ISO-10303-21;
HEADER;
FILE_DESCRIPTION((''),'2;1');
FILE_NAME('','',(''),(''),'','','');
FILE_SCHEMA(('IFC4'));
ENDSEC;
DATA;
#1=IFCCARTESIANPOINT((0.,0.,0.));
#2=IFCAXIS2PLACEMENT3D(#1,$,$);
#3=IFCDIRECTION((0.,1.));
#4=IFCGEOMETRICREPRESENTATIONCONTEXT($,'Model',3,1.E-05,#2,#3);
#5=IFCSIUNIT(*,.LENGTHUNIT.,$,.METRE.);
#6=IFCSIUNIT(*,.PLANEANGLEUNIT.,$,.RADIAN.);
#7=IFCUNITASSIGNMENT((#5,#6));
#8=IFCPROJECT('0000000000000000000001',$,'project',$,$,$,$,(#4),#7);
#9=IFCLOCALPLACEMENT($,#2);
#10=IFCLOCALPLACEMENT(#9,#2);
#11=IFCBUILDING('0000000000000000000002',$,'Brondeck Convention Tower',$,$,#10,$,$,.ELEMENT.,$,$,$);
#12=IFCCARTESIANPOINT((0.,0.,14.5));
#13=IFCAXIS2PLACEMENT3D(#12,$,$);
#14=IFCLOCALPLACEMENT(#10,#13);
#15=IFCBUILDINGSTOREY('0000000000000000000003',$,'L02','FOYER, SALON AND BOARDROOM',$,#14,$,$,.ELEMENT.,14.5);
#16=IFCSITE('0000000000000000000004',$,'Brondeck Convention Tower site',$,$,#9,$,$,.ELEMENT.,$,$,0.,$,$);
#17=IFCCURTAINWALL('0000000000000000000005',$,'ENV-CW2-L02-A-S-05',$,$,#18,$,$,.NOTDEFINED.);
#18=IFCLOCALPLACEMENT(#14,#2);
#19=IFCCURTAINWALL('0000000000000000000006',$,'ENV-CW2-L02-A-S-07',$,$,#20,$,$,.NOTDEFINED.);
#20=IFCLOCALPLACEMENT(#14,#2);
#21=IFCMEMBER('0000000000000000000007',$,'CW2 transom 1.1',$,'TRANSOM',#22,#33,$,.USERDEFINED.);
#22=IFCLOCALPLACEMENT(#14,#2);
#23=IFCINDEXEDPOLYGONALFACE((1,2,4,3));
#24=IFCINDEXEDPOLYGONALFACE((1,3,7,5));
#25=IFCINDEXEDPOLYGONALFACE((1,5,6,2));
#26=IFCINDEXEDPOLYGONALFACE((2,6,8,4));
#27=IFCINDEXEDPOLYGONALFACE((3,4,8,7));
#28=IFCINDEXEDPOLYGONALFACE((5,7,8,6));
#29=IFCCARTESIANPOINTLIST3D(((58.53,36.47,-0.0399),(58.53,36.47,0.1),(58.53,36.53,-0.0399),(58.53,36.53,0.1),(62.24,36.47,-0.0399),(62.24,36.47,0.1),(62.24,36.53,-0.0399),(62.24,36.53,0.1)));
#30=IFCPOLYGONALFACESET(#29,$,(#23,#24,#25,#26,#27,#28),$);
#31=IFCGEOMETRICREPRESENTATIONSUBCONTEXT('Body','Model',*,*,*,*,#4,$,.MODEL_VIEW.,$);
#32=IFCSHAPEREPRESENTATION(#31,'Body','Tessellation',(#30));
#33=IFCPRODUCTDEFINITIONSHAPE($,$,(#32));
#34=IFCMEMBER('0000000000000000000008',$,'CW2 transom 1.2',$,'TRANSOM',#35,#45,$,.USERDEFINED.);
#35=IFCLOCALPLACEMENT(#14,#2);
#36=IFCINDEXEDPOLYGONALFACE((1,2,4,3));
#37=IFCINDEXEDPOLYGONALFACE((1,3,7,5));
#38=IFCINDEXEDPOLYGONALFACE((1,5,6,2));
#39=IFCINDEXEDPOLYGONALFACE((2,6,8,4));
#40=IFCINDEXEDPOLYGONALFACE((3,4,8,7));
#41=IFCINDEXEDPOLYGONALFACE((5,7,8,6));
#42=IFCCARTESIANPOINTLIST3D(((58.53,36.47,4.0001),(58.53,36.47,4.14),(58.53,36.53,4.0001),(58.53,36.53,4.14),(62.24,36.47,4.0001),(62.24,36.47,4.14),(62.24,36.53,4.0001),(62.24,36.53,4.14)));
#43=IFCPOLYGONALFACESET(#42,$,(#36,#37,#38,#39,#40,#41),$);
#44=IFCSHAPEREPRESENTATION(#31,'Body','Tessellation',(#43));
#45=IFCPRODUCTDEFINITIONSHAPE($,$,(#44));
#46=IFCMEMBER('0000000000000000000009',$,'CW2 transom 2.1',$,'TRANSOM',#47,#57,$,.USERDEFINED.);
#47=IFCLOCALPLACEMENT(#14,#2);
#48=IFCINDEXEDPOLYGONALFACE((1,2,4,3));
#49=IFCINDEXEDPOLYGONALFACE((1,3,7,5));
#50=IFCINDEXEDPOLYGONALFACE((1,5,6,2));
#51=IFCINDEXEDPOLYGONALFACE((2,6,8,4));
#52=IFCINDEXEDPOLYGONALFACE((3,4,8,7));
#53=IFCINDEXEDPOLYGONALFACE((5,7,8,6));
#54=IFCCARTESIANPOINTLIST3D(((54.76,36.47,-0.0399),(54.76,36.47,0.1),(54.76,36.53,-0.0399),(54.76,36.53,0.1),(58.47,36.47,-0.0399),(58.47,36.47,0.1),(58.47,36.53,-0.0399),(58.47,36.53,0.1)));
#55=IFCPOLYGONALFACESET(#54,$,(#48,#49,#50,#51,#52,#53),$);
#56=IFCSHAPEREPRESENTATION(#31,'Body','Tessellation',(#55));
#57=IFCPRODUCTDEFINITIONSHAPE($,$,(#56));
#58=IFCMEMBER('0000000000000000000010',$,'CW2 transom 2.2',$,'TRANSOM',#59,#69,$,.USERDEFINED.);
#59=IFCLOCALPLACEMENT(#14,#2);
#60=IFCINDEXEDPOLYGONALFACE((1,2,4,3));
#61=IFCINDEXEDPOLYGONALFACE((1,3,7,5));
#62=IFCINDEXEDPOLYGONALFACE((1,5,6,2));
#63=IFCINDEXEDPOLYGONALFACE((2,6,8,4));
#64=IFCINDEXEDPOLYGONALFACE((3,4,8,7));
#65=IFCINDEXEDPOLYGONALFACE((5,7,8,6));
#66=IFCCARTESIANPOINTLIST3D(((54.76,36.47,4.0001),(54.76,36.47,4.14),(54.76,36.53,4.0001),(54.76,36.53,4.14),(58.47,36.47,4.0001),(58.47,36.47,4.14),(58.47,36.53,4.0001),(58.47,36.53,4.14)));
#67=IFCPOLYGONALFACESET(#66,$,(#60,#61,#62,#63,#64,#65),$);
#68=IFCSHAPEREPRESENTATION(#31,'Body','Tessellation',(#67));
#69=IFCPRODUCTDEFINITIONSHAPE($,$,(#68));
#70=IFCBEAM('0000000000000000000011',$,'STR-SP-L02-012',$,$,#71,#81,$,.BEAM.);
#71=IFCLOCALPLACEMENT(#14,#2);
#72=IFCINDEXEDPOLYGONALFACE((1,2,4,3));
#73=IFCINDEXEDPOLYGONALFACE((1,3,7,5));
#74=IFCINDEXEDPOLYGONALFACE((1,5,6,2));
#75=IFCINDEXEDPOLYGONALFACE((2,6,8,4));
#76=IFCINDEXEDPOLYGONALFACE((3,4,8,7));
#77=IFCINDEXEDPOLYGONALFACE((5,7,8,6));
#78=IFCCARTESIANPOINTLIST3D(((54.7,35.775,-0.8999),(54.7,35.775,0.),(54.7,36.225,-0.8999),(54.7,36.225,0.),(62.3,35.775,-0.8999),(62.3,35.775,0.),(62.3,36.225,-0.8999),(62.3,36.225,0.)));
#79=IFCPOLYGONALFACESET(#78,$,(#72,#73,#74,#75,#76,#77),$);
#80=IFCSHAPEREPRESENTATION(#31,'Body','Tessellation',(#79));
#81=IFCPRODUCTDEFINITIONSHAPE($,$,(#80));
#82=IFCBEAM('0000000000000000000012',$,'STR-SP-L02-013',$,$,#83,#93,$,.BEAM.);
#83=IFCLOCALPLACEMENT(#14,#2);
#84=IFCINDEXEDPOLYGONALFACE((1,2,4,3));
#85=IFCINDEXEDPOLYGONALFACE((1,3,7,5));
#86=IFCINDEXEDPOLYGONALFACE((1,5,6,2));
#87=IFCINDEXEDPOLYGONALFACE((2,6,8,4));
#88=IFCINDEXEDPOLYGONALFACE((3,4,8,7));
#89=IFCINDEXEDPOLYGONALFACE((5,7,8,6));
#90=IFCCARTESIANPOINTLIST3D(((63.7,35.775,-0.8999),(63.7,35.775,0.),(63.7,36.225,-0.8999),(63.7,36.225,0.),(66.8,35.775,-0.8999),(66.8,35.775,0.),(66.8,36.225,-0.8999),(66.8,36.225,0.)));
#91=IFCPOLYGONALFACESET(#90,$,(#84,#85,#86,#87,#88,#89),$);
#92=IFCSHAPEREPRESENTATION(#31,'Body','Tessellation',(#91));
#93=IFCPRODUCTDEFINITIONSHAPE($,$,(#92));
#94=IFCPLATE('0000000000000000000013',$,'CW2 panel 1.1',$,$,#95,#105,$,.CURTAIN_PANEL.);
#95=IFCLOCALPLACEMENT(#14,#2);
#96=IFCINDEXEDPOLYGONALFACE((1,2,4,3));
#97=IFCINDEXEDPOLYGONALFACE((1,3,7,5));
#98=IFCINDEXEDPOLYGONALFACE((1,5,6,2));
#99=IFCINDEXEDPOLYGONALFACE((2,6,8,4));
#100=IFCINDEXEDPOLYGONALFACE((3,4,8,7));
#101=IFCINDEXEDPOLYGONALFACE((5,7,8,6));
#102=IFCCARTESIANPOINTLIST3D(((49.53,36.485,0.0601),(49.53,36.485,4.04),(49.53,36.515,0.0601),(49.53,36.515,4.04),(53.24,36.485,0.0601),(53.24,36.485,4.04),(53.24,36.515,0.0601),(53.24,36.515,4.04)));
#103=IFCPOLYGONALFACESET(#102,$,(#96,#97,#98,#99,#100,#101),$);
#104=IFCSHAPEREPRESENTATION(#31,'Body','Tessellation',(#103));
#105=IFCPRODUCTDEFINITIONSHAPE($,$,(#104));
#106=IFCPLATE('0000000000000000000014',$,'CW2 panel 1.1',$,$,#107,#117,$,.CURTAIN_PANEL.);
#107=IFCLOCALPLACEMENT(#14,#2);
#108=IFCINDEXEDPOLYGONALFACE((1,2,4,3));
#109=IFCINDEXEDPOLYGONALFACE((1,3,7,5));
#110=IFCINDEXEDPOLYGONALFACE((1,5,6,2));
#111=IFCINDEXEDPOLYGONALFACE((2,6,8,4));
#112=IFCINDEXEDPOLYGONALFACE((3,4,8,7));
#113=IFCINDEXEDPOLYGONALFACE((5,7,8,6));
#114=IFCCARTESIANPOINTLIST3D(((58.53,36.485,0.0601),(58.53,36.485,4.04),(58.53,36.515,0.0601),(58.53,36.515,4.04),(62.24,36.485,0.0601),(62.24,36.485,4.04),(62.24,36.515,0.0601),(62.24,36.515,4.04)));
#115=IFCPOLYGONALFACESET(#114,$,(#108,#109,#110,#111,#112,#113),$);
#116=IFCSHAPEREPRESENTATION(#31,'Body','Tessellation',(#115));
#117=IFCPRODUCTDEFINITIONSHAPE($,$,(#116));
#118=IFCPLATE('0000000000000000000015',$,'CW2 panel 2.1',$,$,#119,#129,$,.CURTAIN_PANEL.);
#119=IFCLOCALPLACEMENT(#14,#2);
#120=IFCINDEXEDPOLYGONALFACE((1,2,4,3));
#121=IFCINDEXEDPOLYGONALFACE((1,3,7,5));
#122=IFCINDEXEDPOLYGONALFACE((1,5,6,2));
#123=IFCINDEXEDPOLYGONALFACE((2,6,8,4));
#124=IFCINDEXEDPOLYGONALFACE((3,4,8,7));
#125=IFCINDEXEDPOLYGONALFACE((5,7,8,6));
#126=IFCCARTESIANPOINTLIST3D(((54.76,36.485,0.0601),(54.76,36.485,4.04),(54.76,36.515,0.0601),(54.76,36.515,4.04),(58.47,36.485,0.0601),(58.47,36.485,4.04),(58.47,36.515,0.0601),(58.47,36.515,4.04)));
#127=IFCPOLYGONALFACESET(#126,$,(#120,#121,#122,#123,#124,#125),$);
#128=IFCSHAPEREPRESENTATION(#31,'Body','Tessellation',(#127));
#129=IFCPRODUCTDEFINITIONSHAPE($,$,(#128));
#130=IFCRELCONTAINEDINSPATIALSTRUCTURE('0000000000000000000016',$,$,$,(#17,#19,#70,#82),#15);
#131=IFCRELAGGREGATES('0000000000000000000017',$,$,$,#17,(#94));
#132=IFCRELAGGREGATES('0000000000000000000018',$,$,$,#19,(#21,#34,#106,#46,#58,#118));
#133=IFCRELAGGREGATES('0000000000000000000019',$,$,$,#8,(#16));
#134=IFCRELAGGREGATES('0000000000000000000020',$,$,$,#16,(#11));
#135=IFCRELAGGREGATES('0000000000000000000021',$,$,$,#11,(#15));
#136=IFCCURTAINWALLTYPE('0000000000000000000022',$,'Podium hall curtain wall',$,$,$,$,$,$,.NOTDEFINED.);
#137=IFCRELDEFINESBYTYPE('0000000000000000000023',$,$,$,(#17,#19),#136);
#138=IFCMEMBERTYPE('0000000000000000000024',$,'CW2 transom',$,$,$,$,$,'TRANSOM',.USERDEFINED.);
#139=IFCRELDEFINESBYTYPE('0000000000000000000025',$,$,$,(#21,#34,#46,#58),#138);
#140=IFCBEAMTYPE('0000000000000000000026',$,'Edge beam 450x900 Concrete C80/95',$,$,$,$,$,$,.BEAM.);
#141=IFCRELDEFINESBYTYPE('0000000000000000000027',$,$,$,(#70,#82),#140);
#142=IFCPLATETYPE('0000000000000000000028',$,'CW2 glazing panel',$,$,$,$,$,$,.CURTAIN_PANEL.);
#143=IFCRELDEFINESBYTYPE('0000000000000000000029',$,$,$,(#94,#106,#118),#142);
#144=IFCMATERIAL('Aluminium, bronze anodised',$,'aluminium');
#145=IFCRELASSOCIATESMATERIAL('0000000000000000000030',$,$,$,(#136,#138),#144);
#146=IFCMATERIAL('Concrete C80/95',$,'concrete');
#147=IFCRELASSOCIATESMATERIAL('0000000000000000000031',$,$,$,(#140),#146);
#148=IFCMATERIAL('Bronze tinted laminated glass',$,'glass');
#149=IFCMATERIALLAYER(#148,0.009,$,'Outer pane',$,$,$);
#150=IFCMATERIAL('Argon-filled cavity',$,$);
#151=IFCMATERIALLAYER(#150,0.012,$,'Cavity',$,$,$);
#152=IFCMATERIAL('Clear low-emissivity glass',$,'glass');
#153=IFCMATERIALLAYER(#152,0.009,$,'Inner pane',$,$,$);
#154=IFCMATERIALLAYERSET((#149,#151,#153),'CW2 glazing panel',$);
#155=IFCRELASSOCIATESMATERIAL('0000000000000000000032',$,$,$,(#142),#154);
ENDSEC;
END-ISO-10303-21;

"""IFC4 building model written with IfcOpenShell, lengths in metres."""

from ifc_helpers import new_model, si_unit, direction, frame, origin, origin_2d, place, context, subcontext, project, spatial, rectangle, extrude, material, layer, layer_set, material_profile, profile_set, type_object, element, aggregate, save


model = new_model("IFC4")

# Units and contexts
model_context = context("Model", 3, precision=1e-05, world=origin(), true_north=direction((0.0, 1.0)))
body_context = subcontext(model_context, "Body", "Model", "MODEL_VIEW")
ifc_project = project(units=[si_unit("LENGTHUNIT", "METRE"), si_unit("PLANEANGLEUNIT", "RADIAN")], contexts=[model_context])

# Site, building, storey
site_placement = place(None, origin())
site = spatial("IfcSite", under=ifc_project, at=site_placement, Name="Brondeck Convention Tower site", CompositionType="ELEMENT", RefElevation=0.0)
building_placement = place(site_placement, origin())
building = spatial("IfcBuilding", under=site, at=building_placement, Name="Brondeck Convention Tower", CompositionType="ELEMENT")
storey_placement = place(building_placement, frame((0.0, 0.0, 14.5)))
storey = spatial("IfcBuildingStorey", under=building, at=storey_placement, Name="L02", Description="FOYER, SALON AND BOARDROOM", CompositionType="ELEMENT", Elevation=14.5)

# Shared definitions
ifc_material_1 = material(Name="Concrete C80/95", Category="concrete")

# Curtain walls
ifc_material_2 = material(Name="Aluminium, bronze anodised", Category="aluminium")
curtain_wall_type = type_object("IfcCurtainWallType", Name="Podium hall curtain wall", PredefinedType="NOTDEFINED", material=ifc_material_2)
curtain_wall_1_placement = place(storey_placement, origin())
curtain_wall_1 = element("IfcCurtainWall", 1, at=curtain_wall_1_placement, inside=storey, type_object=curtain_wall_type, Name="ENV-CW2-L02-A-S-05", PredefinedType="NOTDEFINED")
curtain_wall_2_placement = place(storey_placement, origin())
curtain_wall_2 = element("IfcCurtainWall", 2, at=curtain_wall_2_placement, inside=storey, type_object=curtain_wall_type, Name="ENV-CW2-L02-A-S-07", PredefinedType="NOTDEFINED")

# Members
ifc_material_profile_1 = material_profile(ifc_material_2, rectangle(XDim=0.0601, YDim=0.1399, at=origin_2d()), Name="CW2 transom")
ifc_profile_set_1 = profile_set([ifc_material_profile_1], Name="Aluminium, bronze anodised")
member_type_1 = type_object("IfcMemberType", Name="CW2 transom", ElementType="TRANSOM", PredefinedType="USERDEFINED", material=ifc_profile_set_1)
member_1_placement = place(storey_placement, frame((62.24, 36.5, 0.03), z_axis=(-1.0, 0.0, 0.0), x_axis=(0.0, -1.0, 0.0)))
member_1 = element("IfcMember", 3, at=member_1_placement, type_object=member_type_1, Name="CW2 transom 1.1", ObjectType="TRANSOM", PredefinedType="USERDEFINED", context=body_context, shape_type="SweptSolid", body=[
    extrude(rectangle(XDim=0.0601, YDim=0.1399, at=origin_2d()), origin(), (0.0, 0.0, 1.0), 3.71),
])
member_2_placement = place(storey_placement, frame((62.24, 36.5, 4.0701), z_axis=(-1.0, 0.0, 0.0), x_axis=(0.0, -1.0, 0.0)))
member_2 = element("IfcMember", 4, at=member_2_placement, type_object=member_type_1, Name="CW2 transom 1.2", ObjectType="TRANSOM", PredefinedType="USERDEFINED", context=body_context, shape_type="SweptSolid", body=[
    extrude(rectangle(XDim=0.0601, YDim=0.1399, at=origin_2d()), origin(), (0.0, 0.0, 1.0), 3.71),
])
member_3_placement = place(storey_placement, frame((58.47, 36.5, 0.03), z_axis=(-1.0, 0.0, 0.0), x_axis=(0.0, -1.0, 0.0)))
member_3 = element("IfcMember", 5, at=member_3_placement, type_object=member_type_1, Name="CW2 transom 2.1", ObjectType="TRANSOM", PredefinedType="USERDEFINED", context=body_context, shape_type="SweptSolid", body=[
    extrude(rectangle(XDim=0.0601, YDim=0.1399, at=origin_2d()), origin(), (0.0, 0.0, 1.0), 3.71),
])
member_4_placement = place(storey_placement, frame((58.47, 36.5, 4.0701), z_axis=(-1.0, 0.0, 0.0), x_axis=(0.0, -1.0, 0.0)))
member_4 = element("IfcMember", 6, at=member_4_placement, type_object=member_type_1, Name="CW2 transom 2.2", ObjectType="TRANSOM", PredefinedType="USERDEFINED", context=body_context, shape_type="SweptSolid", body=[
    extrude(rectangle(XDim=0.0601, YDim=0.1399, at=origin_2d()), origin(), (0.0, 0.0, 1.0), 3.71),
])

# Beams
ifc_material_profile_2 = material_profile(ifc_material_1, rectangle(XDim=0.45, YDim=0.8999, at=origin_2d()), Name="Edge beam 450x900 Concrete C80/95")
ifc_profile_set_2 = profile_set([ifc_material_profile_2], Name="Concrete C80/95")
beam_type = type_object("IfcBeamType", Name="Edge beam 450x900 Concrete C80/95", PredefinedType="BEAM", material=ifc_profile_set_2)
beam_1_placement = place(storey_placement, frame((54.7, 36.0, -0.45), z_axis=(1.0, 0.0, 0.0), x_axis=(0.0, 1.0, 0.0)))
element("IfcBeam", 7, at=beam_1_placement, inside=storey, type_object=beam_type, Name="STR-SP-L02-012", PredefinedType="BEAM", context=body_context, shape_type="SweptSolid", body=[
    extrude(rectangle(XDim=0.45, YDim=0.8999, at=origin_2d()), origin(), (0.0, 0.0, 1.0), 7.6001),
])
beam_2_placement = place(storey_placement, frame((63.7, 36.0, -0.45), z_axis=(1.0, 0.0, 0.0), x_axis=(0.0, 1.0, 0.0)))
element("IfcBeam", 8, at=beam_2_placement, inside=storey, type_object=beam_type, Name="STR-SP-L02-013", PredefinedType="BEAM", context=body_context, shape_type="SweptSolid", body=[
    extrude(rectangle(XDim=0.45, YDim=0.8999, at=origin_2d()), origin(), (0.0, 0.0, 1.0), 3.1001),
])

# Plates
ifc_material_3 = material(Name="Bronze tinted laminated glass", Category="glass")
ifc_layer_1 = layer(ifc_material_3, 0.009, Name="Outer pane")
ifc_material_4 = material(Name="Argon-filled cavity")
ifc_layer_2 = layer(ifc_material_4, 0.012, Name="Cavity")
ifc_material_5 = material(Name="Clear low-emissivity glass", Category="glass")
ifc_layer_3 = layer(ifc_material_5, 0.009, Name="Inner pane")
ifc_layer_set = layer_set([ifc_layer_1, ifc_layer_2, ifc_layer_3], Name="CW2 glazing panel")
plate_type = type_object("IfcPlateType", Name="CW2 glazing panel", PredefinedType="CURTAIN_PANEL", material=ifc_layer_set)
plate_1_placement = place(storey_placement, frame((51.385, 36.5, 0.0601), z_axis=(0.0, 0.0, 1.0), x_axis=(-1.0, 0.0, 0.0)))
plate_1 = element("IfcPlate", 9, at=plate_1_placement, type_object=plate_type, Name="CW2 panel 1.1", PredefinedType="CURTAIN_PANEL", context=body_context, shape_type="SweptSolid", body=[
    extrude(rectangle(XDim=3.71, YDim=0.03, at=origin_2d()), origin(), (0.0, 0.0, 1.0), 3.98),
])
aggregate(curtain_wall_1, [plate_1])
plate_2_placement = place(storey_placement, frame((60.385, 36.5, 0.0601), z_axis=(0.0, 0.0, 1.0), x_axis=(-1.0, 0.0, 0.0)))
plate_2 = element("IfcPlate", 10, at=plate_2_placement, type_object=plate_type, Name="CW2 panel 1.1", PredefinedType="CURTAIN_PANEL", context=body_context, shape_type="SweptSolid", body=[
    extrude(rectangle(XDim=3.71, YDim=0.03, at=origin_2d()), origin(), (0.0, 0.0, 1.0), 3.98),
])
plate_3_placement = place(storey_placement, frame((56.615, 36.5, 0.0601), z_axis=(0.0, 0.0, 1.0), x_axis=(-1.0, 0.0, 0.0)))
plate_3 = element("IfcPlate", 11, at=plate_3_placement, type_object=plate_type, Name="CW2 panel 2.1", PredefinedType="CURTAIN_PANEL", context=body_context, shape_type="SweptSolid", body=[
    extrude(rectangle(XDim=3.71, YDim=0.03, at=origin_2d()), origin(), (0.0, 0.0, 1.0), 3.98),
])
aggregate(curtain_wall_2, [member_1, member_2, plate_2, member_3, member_4, plate_3])

save(model, "model.ifc")
